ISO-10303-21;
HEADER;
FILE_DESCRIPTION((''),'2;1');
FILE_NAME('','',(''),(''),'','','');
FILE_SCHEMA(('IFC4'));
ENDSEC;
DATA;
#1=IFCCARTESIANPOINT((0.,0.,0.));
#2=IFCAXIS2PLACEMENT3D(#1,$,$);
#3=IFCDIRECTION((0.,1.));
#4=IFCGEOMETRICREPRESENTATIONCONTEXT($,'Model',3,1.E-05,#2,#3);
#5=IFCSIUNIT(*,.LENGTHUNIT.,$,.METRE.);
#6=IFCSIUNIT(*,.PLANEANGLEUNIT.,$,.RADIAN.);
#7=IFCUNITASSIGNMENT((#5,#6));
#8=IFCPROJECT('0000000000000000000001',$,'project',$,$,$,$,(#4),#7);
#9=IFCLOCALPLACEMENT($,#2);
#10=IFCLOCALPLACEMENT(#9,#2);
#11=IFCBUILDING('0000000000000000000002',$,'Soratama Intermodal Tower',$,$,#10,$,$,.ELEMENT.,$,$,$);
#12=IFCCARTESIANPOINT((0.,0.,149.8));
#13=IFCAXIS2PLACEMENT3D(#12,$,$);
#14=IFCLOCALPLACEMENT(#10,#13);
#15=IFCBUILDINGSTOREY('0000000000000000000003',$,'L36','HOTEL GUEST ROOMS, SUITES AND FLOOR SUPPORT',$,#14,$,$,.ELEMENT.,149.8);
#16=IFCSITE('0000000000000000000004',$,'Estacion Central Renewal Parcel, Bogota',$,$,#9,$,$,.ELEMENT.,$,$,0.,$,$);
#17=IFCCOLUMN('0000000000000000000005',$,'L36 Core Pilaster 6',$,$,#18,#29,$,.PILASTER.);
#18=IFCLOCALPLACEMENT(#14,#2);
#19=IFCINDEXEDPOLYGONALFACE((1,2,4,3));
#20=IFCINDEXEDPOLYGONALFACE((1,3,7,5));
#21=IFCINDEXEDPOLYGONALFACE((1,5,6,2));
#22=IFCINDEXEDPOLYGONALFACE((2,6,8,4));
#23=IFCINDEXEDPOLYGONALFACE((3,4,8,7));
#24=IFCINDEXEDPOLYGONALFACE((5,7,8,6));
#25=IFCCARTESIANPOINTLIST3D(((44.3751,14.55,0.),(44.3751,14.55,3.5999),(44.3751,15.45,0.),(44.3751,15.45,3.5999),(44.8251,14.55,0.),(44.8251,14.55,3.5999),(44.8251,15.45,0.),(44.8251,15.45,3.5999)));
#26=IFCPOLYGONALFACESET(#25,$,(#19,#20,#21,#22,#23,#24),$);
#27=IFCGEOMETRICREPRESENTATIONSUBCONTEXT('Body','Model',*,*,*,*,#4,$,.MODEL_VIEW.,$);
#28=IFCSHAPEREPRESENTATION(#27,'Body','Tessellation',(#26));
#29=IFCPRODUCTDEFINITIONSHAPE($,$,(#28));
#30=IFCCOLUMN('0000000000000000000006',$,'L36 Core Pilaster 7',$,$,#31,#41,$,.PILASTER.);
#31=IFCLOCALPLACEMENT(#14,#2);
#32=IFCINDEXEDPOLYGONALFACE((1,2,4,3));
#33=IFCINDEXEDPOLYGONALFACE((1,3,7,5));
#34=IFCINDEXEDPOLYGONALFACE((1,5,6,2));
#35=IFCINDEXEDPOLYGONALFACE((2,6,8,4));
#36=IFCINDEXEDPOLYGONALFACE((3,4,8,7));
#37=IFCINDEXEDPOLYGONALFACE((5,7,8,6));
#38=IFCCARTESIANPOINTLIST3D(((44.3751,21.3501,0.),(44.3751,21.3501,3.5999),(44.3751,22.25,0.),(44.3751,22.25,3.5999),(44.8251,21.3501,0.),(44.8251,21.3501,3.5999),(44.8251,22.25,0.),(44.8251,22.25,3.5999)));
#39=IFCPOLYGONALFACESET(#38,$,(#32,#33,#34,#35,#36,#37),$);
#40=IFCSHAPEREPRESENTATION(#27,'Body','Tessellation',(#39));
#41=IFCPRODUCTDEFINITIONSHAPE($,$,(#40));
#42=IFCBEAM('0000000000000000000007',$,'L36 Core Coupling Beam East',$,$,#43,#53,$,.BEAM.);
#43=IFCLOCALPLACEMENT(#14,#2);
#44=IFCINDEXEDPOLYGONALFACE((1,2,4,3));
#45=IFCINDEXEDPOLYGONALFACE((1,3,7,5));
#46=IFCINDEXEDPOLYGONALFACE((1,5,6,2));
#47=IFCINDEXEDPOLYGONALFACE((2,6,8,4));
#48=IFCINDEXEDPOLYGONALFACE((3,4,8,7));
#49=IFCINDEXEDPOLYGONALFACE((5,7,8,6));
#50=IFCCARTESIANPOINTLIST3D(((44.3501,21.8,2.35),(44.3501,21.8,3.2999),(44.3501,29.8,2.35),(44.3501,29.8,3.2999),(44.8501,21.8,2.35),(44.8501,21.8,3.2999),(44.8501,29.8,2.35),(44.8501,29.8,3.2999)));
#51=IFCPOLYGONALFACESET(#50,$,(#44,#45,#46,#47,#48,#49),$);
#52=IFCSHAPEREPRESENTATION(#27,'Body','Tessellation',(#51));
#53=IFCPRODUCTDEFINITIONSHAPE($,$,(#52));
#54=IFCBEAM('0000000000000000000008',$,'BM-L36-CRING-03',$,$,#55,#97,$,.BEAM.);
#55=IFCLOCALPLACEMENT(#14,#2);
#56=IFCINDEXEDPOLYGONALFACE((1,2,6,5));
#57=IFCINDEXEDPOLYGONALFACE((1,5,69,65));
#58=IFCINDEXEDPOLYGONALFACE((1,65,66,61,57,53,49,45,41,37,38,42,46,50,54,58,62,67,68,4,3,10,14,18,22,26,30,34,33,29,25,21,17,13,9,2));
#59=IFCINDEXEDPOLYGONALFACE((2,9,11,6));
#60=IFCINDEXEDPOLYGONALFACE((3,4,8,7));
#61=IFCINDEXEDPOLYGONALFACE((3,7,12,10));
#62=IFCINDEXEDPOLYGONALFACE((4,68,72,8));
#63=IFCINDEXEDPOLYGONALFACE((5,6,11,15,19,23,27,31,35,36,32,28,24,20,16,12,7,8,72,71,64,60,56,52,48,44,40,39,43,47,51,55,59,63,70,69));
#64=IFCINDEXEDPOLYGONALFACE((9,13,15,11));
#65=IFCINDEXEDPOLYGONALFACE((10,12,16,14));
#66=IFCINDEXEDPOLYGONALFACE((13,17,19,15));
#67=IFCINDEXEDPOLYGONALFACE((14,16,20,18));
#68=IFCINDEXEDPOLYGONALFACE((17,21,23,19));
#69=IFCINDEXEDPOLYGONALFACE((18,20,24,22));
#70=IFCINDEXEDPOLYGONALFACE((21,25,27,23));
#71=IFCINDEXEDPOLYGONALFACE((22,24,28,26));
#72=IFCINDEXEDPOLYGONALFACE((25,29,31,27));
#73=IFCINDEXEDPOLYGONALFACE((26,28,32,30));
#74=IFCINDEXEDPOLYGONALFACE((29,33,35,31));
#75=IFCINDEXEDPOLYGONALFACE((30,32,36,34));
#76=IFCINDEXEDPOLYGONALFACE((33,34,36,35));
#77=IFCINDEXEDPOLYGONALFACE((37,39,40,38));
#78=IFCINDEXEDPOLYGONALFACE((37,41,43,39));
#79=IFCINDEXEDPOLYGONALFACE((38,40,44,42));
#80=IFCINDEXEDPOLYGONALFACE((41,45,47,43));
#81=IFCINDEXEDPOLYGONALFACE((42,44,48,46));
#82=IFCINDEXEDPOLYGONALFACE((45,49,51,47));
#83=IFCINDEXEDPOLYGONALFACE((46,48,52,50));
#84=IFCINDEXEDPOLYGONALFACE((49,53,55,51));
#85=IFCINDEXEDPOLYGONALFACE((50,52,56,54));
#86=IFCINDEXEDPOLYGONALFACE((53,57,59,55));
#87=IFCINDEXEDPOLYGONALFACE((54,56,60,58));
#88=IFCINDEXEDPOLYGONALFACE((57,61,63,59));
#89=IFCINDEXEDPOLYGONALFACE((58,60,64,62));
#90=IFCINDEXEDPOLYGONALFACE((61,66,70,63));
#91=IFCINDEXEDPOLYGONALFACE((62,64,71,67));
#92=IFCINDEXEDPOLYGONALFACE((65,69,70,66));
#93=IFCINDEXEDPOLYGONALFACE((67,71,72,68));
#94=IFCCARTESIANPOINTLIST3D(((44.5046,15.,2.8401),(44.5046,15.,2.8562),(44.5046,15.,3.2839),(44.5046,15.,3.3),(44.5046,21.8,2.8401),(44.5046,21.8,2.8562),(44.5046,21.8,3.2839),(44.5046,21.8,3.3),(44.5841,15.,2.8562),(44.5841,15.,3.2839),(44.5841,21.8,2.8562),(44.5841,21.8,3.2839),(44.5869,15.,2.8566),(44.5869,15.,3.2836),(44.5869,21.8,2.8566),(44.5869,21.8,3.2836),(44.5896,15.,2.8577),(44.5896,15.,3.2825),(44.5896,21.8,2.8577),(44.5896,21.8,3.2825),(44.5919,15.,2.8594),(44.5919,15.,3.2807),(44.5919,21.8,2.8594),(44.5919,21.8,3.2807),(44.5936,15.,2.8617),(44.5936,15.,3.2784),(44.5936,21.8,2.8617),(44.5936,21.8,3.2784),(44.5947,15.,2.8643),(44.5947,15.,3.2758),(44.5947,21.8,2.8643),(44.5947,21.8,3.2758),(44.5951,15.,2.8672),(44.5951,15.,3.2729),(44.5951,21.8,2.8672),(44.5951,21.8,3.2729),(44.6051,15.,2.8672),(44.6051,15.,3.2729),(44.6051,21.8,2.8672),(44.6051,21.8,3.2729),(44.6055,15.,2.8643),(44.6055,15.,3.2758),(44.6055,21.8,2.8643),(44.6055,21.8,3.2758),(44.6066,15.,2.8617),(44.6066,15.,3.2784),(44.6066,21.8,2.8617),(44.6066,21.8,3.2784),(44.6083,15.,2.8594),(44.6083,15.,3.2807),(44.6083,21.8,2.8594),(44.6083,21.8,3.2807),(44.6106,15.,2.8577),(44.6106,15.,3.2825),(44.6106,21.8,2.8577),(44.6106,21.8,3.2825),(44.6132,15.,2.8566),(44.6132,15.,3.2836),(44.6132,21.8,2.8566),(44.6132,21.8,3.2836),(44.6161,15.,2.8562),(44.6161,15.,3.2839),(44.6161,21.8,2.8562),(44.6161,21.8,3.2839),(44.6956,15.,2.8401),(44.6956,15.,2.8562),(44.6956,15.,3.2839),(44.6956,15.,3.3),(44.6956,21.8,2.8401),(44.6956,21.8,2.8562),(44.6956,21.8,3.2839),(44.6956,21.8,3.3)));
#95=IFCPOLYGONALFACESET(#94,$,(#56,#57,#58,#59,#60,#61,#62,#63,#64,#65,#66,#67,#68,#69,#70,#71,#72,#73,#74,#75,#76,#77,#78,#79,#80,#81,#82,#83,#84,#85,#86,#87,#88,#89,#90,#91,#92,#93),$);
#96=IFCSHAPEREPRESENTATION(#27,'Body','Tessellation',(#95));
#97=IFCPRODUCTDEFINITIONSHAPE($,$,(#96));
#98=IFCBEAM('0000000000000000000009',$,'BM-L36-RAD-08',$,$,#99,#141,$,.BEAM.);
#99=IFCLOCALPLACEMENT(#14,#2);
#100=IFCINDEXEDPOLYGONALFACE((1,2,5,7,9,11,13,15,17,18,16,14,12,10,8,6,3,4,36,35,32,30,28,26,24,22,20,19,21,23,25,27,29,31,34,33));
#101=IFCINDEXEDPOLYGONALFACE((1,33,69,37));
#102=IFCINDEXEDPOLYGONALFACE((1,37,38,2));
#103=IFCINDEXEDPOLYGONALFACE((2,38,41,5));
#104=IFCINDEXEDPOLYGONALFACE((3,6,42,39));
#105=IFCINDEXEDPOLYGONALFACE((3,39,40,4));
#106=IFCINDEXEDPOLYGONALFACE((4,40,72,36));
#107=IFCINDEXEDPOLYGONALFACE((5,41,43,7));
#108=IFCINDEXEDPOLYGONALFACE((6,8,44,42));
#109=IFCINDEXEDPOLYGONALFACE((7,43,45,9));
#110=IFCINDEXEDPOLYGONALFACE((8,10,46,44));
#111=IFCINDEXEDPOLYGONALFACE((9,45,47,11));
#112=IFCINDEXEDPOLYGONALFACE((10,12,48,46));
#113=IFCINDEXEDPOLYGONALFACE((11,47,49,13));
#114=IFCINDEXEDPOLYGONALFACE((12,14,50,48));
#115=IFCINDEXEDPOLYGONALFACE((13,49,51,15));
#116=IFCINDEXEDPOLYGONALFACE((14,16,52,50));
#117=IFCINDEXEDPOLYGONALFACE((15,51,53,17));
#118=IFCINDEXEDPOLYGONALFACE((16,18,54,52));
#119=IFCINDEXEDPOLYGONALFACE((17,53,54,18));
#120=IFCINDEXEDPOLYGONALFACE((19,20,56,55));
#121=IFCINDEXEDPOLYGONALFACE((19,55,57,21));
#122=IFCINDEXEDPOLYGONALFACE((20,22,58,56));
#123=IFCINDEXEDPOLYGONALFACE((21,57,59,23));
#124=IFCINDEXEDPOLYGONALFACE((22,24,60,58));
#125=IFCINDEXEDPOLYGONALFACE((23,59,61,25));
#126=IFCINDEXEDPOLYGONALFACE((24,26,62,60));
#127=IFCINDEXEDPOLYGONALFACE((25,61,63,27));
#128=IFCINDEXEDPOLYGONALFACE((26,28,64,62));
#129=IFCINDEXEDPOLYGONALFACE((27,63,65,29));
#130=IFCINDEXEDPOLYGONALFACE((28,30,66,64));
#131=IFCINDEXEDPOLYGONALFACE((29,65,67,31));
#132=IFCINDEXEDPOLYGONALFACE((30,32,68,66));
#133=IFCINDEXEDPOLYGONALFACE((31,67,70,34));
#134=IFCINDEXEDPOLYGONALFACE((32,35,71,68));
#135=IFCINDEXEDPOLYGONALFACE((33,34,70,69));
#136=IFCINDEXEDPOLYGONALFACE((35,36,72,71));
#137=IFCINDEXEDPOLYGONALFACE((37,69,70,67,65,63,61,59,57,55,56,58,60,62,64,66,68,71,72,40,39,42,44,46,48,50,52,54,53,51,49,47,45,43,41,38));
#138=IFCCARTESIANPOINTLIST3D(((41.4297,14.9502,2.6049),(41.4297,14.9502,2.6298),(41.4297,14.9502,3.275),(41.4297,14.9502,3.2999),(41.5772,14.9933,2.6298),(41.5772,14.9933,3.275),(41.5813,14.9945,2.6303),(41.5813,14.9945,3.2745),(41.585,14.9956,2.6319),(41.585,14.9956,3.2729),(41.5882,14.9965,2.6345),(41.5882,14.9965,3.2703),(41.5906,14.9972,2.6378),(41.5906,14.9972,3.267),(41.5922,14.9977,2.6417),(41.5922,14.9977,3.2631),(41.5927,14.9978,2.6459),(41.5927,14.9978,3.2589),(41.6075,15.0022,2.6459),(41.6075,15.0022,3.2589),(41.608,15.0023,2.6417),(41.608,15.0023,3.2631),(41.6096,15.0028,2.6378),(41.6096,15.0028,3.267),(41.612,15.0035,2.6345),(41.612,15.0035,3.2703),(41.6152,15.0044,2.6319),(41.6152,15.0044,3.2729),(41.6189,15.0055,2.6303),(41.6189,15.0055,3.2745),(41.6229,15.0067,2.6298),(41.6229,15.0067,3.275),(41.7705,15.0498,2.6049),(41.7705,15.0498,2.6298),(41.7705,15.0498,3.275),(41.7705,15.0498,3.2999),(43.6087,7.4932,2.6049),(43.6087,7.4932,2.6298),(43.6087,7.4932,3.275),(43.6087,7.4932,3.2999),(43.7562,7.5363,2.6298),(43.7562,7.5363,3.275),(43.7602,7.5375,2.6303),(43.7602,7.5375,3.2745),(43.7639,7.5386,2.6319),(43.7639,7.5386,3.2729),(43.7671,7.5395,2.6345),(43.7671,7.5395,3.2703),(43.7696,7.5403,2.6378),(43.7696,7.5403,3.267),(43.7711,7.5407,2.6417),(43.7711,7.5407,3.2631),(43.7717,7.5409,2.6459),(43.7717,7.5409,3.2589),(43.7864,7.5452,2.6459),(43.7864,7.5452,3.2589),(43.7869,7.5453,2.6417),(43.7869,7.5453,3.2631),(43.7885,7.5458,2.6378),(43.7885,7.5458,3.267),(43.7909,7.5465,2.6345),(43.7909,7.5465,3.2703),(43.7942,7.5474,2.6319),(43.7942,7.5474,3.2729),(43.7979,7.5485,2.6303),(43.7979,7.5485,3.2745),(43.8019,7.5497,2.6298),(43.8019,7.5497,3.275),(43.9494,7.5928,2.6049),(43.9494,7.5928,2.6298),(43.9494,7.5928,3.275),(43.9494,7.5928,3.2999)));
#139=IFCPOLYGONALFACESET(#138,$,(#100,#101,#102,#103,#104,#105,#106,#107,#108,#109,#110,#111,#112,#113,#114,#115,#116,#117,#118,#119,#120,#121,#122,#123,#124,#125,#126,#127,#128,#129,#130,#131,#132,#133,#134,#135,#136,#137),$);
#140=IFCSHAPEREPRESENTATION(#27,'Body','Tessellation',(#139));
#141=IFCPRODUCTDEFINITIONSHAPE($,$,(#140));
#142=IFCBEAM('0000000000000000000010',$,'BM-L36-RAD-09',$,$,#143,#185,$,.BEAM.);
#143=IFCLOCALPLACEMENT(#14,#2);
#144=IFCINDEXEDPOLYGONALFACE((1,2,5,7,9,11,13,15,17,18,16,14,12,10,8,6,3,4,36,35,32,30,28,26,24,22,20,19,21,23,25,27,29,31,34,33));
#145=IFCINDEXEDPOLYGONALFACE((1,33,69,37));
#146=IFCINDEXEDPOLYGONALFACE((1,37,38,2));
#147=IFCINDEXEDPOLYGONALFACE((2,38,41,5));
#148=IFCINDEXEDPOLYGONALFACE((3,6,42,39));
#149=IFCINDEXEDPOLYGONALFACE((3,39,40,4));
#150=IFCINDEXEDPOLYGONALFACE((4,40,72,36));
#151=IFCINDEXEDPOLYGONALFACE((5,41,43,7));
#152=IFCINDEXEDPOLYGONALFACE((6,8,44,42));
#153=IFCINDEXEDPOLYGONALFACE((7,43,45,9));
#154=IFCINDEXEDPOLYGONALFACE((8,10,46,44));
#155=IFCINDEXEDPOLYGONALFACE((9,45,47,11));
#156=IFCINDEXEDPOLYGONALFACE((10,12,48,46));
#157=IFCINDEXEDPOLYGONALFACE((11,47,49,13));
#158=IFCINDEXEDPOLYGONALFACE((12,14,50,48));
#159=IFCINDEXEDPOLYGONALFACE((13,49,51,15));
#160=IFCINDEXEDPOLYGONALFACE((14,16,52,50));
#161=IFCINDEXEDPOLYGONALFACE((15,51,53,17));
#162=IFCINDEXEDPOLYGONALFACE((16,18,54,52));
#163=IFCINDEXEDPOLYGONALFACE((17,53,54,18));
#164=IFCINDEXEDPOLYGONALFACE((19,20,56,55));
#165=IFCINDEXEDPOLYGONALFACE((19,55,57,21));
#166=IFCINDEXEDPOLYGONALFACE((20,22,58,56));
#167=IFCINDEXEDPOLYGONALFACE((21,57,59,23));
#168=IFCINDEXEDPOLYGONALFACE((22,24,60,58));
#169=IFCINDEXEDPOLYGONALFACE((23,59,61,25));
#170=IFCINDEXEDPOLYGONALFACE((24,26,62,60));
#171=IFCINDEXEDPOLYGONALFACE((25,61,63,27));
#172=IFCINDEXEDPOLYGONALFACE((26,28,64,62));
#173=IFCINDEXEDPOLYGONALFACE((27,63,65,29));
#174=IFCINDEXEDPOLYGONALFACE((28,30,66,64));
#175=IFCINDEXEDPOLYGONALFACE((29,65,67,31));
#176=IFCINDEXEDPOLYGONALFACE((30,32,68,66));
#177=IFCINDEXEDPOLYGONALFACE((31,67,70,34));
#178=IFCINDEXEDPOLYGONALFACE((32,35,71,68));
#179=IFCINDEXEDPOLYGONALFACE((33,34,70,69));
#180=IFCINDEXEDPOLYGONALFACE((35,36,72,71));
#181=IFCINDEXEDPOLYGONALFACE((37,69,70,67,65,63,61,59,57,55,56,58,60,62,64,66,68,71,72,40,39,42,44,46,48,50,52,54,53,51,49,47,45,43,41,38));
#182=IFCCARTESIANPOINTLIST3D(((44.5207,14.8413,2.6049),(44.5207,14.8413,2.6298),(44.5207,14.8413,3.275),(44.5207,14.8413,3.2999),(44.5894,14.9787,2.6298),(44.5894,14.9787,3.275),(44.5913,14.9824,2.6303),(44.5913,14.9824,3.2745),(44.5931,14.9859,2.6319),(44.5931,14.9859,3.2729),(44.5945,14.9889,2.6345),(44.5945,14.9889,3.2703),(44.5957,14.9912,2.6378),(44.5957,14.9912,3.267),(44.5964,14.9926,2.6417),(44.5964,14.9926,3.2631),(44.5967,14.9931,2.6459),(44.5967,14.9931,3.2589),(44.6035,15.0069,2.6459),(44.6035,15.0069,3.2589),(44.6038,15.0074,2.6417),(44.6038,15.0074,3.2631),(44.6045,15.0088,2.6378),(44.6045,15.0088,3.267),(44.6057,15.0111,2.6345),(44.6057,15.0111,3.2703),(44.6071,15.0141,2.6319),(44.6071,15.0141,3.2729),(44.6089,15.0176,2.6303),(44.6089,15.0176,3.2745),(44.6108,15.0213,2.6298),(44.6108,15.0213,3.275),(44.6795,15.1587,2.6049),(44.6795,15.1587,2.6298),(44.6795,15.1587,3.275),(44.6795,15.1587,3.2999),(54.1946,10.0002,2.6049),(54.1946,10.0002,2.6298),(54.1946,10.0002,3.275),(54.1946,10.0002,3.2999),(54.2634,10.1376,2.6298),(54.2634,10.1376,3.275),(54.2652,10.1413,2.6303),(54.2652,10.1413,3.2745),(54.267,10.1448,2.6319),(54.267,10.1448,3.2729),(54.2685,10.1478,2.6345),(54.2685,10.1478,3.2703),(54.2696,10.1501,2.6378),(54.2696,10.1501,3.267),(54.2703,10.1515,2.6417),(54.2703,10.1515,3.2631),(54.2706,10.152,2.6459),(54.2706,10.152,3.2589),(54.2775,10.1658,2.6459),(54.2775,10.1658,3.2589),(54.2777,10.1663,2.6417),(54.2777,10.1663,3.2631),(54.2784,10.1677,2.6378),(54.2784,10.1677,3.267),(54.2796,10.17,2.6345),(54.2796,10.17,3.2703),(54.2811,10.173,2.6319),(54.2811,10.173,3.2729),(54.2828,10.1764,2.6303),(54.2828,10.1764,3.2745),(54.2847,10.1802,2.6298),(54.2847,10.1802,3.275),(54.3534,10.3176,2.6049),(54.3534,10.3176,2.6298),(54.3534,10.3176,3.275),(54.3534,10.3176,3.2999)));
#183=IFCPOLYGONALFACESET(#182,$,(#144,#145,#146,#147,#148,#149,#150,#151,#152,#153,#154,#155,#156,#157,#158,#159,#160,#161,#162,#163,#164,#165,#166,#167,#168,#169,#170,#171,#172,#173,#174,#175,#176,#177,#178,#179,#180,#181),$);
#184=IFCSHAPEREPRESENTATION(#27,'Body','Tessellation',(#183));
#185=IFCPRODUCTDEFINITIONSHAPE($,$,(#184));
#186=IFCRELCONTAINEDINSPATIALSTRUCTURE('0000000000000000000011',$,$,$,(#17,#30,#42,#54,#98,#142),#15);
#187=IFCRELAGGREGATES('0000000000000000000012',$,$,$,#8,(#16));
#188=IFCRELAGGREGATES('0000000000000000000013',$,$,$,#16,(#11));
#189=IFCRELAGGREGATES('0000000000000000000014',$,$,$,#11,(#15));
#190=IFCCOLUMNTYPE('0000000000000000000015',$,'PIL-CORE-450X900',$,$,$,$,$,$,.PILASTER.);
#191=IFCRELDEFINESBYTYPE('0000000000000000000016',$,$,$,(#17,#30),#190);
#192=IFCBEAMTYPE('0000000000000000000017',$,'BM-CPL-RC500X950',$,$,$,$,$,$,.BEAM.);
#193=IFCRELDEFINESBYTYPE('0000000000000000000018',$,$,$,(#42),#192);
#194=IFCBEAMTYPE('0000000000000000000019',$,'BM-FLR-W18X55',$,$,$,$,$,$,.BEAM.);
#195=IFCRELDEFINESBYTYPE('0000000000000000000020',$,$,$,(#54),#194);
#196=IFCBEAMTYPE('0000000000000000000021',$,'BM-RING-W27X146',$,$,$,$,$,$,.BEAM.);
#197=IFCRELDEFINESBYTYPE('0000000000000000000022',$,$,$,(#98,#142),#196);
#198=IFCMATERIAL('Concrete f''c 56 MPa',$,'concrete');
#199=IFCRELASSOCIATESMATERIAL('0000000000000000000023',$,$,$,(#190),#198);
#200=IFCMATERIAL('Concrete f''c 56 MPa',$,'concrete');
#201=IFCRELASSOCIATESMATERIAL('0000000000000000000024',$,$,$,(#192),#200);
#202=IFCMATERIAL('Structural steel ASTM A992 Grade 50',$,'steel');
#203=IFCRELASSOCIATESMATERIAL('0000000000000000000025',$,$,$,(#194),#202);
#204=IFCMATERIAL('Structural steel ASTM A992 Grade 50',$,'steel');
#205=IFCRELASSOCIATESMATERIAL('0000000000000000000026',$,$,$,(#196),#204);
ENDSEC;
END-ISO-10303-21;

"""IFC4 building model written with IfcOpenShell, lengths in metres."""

from ifc_helpers import new_model, si_unit, direction, frame, origin, origin_2d, place, context, subcontext, project, spatial, rectangle, i_section, extrude, material, material_profile, profile_set, type_object, element, save


model = new_model("IFC4")

# Units and contexts
model_context = context("Model", 3, precision=1e-05, world=origin(), true_north=direction((0.0, 1.0)))
body_context = subcontext(model_context, "Body", "Model", "MODEL_VIEW")
ifc_project = project(units=[si_unit("LENGTHUNIT", "METRE"), si_unit("PLANEANGLEUNIT", "RADIAN")], contexts=[model_context])

# Site, building, storey
site_placement = place(None, origin())
site = spatial("IfcSite", under=ifc_project, at=site_placement, Name="Estacion Central Renewal Parcel, Bogota", CompositionType="ELEMENT", RefElevation=0.0)
building_placement = place(site_placement, origin())
building = spatial("IfcBuilding", under=site, at=building_placement, Name="Soratama Intermodal Tower", CompositionType="ELEMENT")
storey_placement = place(building_placement, frame((0.0, 0.0, 149.8)))
storey = spatial("IfcBuildingStorey", under=building, at=storey_placement, Name="L36", Description="HOTEL GUEST ROOMS, SUITES AND FLOOR SUPPORT", CompositionType="ELEMENT", Elevation=149.8)

# Columns
ifc_material_1 = material(Name="Concrete f'c 56 MPa", Category="concrete")
ifc_material_profile_1 = material_profile(ifc_material_1, rectangle(XDim=0.45, YDim=0.8999, at=origin_2d()), Name="RC450X900")
ifc_profile_set_1 = profile_set([ifc_material_profile_1], Name="Concrete f'c 56 MPa")
column_type = type_object("IfcColumnType", Name="PIL-CORE-450X900", PredefinedType="PILASTER", material=ifc_profile_set_1)
for number, where, z_axis, x_axis, name in (
    (1, (44.6001, 15.0, 0.0), (0.0, 0.0, 1.0), (1.0, 0.0, 0.0), "L36 Core Pilaster 6"),
    (2, (44.6001, 21.8, 0.0), (0.0, 0.0, 1.0), (1.0, 0.0, 0.0), "L36 Core Pilaster 7"),
):
    element("IfcColumn", number, at=place(storey_placement, frame(where, z_axis=z_axis, x_axis=x_axis)), inside=storey, type_object=column_type, Name=name, PredefinedType="PILASTER", context=body_context, shape_type="SweptSolid", body=[
        extrude(rectangle(XDim=0.45, YDim=0.8999, at=origin_2d()), origin(), (0.0, 0.0, 1.0), 3.5999),
    ])

# Beams
ifc_material_2 = material(Name="Concrete f'c 56 MPa", Category="concrete")
ifc_material_profile_2 = material_profile(ifc_material_2, rectangle(XDim=0.5, YDim=0.95, at=origin_2d()), Name="RC500X950")
ifc_profile_set_2 = profile_set([ifc_material_profile_2], Name="Concrete f'c 56 MPa")
beam_type_1 = type_object("IfcBeamType", Name="BM-CPL-RC500X950", PredefinedType="BEAM", material=ifc_profile_set_2)
beam_1_placement = place(storey_placement, frame((44.6001, 21.8, 2.825), z_axis=(0.0, 1.0, 0.0), x_axis=(-1.0, 0.0, 0.0)))
element("IfcBeam", 3, at=beam_1_placement, inside=storey, type_object=beam_type_1, Name="L36 Core Coupling Beam East", PredefinedType="BEAM", context=body_context, shape_type="SweptSolid", body=[
    extrude(rectangle(XDim=0.5, YDim=0.95, at=origin_2d()), origin(), (0.0, 0.0, 1.0), 8.0),
])
ifc_material_3 = material(Name="Structural steel ASTM A992 Grade 50", Category="steel")
ifc_material_profile_3 = material_profile(ifc_material_3, i_section(OverallWidth=0.1909, OverallDepth=0.46, WebThickness=0.01, FlangeThickness=0.0161, FilletRadius=0.011, at=origin_2d()), Name="W18X55")
ifc_profile_set_3 = profile_set([ifc_material_profile_3], Name="Structural steel ASTM A992 Grade 50")
beam_type_2 = type_object("IfcBeamType", Name="BM-FLR-W18X55", PredefinedType="BEAM", material=ifc_profile_set_3)
beam_2_placement = place(storey_placement, frame((44.6001, 15.0, 3.0701), z_axis=(0.0, 1.0, 0.0), x_axis=(-1.0, 0.0, 0.0)))
element("IfcBeam", 4, at=beam_2_placement, inside=storey, type_object=beam_type_2, Name="BM-L36-CRING-03", PredefinedType="BEAM", context=body_context, shape_type="SweptSolid", body=[
    extrude(i_section(OverallWidth=0.1909, OverallDepth=0.46, WebThickness=0.01, FlangeThickness=0.0161, FilletRadius=0.011, at=origin_2d()), origin(), (0.0, 0.0, 1.0), 6.8),
])
ifc_material_4 = material(Name="Structural steel ASTM A992 Grade 50", Category="steel")
ifc_material_profile_4 = material_profile(ifc_material_4, i_section(OverallWidth=0.355, OverallDepth=0.6951, WebThickness=0.0154, FlangeThickness=0.0249, FilletRadius=0.0161, at=origin_2d()), Name="W27X146")
ifc_profile_set_4 = profile_set([ifc_material_profile_4], Name="Structural steel ASTM A992 Grade 50")
beam_type_3 = type_object("IfcBeamType", Name="BM-RING-W27X146", PredefinedType="BEAM", material=ifc_profile_set_4)
beam_3_placement = place(storey_placement, frame((41.6001, 15.0, 2.9524), z_axis=(0.280473, -0.959862, 0.0), x_axis=(0.959862, 0.280473, 0.0)))
element("IfcBeam", 5, at=beam_3_placement, inside=storey, type_object=beam_type_3, Name="BM-L36-RAD-08", PredefinedType="BEAM", context=body_context, shape_type="SweptSolid", body=[
    extrude(i_section(OverallWidth=0.355, OverallDepth=0.6951, WebThickness=0.0154, FlangeThickness=0.0249, FilletRadius=0.0161, at=origin_2d()), origin(), (0.0, 0.0, 1.0), 7.7688),
])
beam_4_placement = place(storey_placement, frame((44.6001, 15.0, 2.9524), z_axis=(0.894274, -0.447521, 0.0), x_axis=(0.447521, 0.894274, 0.0)))
element("IfcBeam", 6, at=beam_4_placement, inside=storey, type_object=beam_type_3, Name="BM-L36-RAD-09", PredefinedType="BEAM", context=body_context, shape_type="SweptSolid", body=[
    extrude(i_section(OverallWidth=0.355, OverallDepth=0.6951, WebThickness=0.0154, FlangeThickness=0.0249, FilletRadius=0.0161, at=origin_2d()), origin(), (0.0, 0.0, 1.0), 10.8176),
])

save(model, "model.ifc")
